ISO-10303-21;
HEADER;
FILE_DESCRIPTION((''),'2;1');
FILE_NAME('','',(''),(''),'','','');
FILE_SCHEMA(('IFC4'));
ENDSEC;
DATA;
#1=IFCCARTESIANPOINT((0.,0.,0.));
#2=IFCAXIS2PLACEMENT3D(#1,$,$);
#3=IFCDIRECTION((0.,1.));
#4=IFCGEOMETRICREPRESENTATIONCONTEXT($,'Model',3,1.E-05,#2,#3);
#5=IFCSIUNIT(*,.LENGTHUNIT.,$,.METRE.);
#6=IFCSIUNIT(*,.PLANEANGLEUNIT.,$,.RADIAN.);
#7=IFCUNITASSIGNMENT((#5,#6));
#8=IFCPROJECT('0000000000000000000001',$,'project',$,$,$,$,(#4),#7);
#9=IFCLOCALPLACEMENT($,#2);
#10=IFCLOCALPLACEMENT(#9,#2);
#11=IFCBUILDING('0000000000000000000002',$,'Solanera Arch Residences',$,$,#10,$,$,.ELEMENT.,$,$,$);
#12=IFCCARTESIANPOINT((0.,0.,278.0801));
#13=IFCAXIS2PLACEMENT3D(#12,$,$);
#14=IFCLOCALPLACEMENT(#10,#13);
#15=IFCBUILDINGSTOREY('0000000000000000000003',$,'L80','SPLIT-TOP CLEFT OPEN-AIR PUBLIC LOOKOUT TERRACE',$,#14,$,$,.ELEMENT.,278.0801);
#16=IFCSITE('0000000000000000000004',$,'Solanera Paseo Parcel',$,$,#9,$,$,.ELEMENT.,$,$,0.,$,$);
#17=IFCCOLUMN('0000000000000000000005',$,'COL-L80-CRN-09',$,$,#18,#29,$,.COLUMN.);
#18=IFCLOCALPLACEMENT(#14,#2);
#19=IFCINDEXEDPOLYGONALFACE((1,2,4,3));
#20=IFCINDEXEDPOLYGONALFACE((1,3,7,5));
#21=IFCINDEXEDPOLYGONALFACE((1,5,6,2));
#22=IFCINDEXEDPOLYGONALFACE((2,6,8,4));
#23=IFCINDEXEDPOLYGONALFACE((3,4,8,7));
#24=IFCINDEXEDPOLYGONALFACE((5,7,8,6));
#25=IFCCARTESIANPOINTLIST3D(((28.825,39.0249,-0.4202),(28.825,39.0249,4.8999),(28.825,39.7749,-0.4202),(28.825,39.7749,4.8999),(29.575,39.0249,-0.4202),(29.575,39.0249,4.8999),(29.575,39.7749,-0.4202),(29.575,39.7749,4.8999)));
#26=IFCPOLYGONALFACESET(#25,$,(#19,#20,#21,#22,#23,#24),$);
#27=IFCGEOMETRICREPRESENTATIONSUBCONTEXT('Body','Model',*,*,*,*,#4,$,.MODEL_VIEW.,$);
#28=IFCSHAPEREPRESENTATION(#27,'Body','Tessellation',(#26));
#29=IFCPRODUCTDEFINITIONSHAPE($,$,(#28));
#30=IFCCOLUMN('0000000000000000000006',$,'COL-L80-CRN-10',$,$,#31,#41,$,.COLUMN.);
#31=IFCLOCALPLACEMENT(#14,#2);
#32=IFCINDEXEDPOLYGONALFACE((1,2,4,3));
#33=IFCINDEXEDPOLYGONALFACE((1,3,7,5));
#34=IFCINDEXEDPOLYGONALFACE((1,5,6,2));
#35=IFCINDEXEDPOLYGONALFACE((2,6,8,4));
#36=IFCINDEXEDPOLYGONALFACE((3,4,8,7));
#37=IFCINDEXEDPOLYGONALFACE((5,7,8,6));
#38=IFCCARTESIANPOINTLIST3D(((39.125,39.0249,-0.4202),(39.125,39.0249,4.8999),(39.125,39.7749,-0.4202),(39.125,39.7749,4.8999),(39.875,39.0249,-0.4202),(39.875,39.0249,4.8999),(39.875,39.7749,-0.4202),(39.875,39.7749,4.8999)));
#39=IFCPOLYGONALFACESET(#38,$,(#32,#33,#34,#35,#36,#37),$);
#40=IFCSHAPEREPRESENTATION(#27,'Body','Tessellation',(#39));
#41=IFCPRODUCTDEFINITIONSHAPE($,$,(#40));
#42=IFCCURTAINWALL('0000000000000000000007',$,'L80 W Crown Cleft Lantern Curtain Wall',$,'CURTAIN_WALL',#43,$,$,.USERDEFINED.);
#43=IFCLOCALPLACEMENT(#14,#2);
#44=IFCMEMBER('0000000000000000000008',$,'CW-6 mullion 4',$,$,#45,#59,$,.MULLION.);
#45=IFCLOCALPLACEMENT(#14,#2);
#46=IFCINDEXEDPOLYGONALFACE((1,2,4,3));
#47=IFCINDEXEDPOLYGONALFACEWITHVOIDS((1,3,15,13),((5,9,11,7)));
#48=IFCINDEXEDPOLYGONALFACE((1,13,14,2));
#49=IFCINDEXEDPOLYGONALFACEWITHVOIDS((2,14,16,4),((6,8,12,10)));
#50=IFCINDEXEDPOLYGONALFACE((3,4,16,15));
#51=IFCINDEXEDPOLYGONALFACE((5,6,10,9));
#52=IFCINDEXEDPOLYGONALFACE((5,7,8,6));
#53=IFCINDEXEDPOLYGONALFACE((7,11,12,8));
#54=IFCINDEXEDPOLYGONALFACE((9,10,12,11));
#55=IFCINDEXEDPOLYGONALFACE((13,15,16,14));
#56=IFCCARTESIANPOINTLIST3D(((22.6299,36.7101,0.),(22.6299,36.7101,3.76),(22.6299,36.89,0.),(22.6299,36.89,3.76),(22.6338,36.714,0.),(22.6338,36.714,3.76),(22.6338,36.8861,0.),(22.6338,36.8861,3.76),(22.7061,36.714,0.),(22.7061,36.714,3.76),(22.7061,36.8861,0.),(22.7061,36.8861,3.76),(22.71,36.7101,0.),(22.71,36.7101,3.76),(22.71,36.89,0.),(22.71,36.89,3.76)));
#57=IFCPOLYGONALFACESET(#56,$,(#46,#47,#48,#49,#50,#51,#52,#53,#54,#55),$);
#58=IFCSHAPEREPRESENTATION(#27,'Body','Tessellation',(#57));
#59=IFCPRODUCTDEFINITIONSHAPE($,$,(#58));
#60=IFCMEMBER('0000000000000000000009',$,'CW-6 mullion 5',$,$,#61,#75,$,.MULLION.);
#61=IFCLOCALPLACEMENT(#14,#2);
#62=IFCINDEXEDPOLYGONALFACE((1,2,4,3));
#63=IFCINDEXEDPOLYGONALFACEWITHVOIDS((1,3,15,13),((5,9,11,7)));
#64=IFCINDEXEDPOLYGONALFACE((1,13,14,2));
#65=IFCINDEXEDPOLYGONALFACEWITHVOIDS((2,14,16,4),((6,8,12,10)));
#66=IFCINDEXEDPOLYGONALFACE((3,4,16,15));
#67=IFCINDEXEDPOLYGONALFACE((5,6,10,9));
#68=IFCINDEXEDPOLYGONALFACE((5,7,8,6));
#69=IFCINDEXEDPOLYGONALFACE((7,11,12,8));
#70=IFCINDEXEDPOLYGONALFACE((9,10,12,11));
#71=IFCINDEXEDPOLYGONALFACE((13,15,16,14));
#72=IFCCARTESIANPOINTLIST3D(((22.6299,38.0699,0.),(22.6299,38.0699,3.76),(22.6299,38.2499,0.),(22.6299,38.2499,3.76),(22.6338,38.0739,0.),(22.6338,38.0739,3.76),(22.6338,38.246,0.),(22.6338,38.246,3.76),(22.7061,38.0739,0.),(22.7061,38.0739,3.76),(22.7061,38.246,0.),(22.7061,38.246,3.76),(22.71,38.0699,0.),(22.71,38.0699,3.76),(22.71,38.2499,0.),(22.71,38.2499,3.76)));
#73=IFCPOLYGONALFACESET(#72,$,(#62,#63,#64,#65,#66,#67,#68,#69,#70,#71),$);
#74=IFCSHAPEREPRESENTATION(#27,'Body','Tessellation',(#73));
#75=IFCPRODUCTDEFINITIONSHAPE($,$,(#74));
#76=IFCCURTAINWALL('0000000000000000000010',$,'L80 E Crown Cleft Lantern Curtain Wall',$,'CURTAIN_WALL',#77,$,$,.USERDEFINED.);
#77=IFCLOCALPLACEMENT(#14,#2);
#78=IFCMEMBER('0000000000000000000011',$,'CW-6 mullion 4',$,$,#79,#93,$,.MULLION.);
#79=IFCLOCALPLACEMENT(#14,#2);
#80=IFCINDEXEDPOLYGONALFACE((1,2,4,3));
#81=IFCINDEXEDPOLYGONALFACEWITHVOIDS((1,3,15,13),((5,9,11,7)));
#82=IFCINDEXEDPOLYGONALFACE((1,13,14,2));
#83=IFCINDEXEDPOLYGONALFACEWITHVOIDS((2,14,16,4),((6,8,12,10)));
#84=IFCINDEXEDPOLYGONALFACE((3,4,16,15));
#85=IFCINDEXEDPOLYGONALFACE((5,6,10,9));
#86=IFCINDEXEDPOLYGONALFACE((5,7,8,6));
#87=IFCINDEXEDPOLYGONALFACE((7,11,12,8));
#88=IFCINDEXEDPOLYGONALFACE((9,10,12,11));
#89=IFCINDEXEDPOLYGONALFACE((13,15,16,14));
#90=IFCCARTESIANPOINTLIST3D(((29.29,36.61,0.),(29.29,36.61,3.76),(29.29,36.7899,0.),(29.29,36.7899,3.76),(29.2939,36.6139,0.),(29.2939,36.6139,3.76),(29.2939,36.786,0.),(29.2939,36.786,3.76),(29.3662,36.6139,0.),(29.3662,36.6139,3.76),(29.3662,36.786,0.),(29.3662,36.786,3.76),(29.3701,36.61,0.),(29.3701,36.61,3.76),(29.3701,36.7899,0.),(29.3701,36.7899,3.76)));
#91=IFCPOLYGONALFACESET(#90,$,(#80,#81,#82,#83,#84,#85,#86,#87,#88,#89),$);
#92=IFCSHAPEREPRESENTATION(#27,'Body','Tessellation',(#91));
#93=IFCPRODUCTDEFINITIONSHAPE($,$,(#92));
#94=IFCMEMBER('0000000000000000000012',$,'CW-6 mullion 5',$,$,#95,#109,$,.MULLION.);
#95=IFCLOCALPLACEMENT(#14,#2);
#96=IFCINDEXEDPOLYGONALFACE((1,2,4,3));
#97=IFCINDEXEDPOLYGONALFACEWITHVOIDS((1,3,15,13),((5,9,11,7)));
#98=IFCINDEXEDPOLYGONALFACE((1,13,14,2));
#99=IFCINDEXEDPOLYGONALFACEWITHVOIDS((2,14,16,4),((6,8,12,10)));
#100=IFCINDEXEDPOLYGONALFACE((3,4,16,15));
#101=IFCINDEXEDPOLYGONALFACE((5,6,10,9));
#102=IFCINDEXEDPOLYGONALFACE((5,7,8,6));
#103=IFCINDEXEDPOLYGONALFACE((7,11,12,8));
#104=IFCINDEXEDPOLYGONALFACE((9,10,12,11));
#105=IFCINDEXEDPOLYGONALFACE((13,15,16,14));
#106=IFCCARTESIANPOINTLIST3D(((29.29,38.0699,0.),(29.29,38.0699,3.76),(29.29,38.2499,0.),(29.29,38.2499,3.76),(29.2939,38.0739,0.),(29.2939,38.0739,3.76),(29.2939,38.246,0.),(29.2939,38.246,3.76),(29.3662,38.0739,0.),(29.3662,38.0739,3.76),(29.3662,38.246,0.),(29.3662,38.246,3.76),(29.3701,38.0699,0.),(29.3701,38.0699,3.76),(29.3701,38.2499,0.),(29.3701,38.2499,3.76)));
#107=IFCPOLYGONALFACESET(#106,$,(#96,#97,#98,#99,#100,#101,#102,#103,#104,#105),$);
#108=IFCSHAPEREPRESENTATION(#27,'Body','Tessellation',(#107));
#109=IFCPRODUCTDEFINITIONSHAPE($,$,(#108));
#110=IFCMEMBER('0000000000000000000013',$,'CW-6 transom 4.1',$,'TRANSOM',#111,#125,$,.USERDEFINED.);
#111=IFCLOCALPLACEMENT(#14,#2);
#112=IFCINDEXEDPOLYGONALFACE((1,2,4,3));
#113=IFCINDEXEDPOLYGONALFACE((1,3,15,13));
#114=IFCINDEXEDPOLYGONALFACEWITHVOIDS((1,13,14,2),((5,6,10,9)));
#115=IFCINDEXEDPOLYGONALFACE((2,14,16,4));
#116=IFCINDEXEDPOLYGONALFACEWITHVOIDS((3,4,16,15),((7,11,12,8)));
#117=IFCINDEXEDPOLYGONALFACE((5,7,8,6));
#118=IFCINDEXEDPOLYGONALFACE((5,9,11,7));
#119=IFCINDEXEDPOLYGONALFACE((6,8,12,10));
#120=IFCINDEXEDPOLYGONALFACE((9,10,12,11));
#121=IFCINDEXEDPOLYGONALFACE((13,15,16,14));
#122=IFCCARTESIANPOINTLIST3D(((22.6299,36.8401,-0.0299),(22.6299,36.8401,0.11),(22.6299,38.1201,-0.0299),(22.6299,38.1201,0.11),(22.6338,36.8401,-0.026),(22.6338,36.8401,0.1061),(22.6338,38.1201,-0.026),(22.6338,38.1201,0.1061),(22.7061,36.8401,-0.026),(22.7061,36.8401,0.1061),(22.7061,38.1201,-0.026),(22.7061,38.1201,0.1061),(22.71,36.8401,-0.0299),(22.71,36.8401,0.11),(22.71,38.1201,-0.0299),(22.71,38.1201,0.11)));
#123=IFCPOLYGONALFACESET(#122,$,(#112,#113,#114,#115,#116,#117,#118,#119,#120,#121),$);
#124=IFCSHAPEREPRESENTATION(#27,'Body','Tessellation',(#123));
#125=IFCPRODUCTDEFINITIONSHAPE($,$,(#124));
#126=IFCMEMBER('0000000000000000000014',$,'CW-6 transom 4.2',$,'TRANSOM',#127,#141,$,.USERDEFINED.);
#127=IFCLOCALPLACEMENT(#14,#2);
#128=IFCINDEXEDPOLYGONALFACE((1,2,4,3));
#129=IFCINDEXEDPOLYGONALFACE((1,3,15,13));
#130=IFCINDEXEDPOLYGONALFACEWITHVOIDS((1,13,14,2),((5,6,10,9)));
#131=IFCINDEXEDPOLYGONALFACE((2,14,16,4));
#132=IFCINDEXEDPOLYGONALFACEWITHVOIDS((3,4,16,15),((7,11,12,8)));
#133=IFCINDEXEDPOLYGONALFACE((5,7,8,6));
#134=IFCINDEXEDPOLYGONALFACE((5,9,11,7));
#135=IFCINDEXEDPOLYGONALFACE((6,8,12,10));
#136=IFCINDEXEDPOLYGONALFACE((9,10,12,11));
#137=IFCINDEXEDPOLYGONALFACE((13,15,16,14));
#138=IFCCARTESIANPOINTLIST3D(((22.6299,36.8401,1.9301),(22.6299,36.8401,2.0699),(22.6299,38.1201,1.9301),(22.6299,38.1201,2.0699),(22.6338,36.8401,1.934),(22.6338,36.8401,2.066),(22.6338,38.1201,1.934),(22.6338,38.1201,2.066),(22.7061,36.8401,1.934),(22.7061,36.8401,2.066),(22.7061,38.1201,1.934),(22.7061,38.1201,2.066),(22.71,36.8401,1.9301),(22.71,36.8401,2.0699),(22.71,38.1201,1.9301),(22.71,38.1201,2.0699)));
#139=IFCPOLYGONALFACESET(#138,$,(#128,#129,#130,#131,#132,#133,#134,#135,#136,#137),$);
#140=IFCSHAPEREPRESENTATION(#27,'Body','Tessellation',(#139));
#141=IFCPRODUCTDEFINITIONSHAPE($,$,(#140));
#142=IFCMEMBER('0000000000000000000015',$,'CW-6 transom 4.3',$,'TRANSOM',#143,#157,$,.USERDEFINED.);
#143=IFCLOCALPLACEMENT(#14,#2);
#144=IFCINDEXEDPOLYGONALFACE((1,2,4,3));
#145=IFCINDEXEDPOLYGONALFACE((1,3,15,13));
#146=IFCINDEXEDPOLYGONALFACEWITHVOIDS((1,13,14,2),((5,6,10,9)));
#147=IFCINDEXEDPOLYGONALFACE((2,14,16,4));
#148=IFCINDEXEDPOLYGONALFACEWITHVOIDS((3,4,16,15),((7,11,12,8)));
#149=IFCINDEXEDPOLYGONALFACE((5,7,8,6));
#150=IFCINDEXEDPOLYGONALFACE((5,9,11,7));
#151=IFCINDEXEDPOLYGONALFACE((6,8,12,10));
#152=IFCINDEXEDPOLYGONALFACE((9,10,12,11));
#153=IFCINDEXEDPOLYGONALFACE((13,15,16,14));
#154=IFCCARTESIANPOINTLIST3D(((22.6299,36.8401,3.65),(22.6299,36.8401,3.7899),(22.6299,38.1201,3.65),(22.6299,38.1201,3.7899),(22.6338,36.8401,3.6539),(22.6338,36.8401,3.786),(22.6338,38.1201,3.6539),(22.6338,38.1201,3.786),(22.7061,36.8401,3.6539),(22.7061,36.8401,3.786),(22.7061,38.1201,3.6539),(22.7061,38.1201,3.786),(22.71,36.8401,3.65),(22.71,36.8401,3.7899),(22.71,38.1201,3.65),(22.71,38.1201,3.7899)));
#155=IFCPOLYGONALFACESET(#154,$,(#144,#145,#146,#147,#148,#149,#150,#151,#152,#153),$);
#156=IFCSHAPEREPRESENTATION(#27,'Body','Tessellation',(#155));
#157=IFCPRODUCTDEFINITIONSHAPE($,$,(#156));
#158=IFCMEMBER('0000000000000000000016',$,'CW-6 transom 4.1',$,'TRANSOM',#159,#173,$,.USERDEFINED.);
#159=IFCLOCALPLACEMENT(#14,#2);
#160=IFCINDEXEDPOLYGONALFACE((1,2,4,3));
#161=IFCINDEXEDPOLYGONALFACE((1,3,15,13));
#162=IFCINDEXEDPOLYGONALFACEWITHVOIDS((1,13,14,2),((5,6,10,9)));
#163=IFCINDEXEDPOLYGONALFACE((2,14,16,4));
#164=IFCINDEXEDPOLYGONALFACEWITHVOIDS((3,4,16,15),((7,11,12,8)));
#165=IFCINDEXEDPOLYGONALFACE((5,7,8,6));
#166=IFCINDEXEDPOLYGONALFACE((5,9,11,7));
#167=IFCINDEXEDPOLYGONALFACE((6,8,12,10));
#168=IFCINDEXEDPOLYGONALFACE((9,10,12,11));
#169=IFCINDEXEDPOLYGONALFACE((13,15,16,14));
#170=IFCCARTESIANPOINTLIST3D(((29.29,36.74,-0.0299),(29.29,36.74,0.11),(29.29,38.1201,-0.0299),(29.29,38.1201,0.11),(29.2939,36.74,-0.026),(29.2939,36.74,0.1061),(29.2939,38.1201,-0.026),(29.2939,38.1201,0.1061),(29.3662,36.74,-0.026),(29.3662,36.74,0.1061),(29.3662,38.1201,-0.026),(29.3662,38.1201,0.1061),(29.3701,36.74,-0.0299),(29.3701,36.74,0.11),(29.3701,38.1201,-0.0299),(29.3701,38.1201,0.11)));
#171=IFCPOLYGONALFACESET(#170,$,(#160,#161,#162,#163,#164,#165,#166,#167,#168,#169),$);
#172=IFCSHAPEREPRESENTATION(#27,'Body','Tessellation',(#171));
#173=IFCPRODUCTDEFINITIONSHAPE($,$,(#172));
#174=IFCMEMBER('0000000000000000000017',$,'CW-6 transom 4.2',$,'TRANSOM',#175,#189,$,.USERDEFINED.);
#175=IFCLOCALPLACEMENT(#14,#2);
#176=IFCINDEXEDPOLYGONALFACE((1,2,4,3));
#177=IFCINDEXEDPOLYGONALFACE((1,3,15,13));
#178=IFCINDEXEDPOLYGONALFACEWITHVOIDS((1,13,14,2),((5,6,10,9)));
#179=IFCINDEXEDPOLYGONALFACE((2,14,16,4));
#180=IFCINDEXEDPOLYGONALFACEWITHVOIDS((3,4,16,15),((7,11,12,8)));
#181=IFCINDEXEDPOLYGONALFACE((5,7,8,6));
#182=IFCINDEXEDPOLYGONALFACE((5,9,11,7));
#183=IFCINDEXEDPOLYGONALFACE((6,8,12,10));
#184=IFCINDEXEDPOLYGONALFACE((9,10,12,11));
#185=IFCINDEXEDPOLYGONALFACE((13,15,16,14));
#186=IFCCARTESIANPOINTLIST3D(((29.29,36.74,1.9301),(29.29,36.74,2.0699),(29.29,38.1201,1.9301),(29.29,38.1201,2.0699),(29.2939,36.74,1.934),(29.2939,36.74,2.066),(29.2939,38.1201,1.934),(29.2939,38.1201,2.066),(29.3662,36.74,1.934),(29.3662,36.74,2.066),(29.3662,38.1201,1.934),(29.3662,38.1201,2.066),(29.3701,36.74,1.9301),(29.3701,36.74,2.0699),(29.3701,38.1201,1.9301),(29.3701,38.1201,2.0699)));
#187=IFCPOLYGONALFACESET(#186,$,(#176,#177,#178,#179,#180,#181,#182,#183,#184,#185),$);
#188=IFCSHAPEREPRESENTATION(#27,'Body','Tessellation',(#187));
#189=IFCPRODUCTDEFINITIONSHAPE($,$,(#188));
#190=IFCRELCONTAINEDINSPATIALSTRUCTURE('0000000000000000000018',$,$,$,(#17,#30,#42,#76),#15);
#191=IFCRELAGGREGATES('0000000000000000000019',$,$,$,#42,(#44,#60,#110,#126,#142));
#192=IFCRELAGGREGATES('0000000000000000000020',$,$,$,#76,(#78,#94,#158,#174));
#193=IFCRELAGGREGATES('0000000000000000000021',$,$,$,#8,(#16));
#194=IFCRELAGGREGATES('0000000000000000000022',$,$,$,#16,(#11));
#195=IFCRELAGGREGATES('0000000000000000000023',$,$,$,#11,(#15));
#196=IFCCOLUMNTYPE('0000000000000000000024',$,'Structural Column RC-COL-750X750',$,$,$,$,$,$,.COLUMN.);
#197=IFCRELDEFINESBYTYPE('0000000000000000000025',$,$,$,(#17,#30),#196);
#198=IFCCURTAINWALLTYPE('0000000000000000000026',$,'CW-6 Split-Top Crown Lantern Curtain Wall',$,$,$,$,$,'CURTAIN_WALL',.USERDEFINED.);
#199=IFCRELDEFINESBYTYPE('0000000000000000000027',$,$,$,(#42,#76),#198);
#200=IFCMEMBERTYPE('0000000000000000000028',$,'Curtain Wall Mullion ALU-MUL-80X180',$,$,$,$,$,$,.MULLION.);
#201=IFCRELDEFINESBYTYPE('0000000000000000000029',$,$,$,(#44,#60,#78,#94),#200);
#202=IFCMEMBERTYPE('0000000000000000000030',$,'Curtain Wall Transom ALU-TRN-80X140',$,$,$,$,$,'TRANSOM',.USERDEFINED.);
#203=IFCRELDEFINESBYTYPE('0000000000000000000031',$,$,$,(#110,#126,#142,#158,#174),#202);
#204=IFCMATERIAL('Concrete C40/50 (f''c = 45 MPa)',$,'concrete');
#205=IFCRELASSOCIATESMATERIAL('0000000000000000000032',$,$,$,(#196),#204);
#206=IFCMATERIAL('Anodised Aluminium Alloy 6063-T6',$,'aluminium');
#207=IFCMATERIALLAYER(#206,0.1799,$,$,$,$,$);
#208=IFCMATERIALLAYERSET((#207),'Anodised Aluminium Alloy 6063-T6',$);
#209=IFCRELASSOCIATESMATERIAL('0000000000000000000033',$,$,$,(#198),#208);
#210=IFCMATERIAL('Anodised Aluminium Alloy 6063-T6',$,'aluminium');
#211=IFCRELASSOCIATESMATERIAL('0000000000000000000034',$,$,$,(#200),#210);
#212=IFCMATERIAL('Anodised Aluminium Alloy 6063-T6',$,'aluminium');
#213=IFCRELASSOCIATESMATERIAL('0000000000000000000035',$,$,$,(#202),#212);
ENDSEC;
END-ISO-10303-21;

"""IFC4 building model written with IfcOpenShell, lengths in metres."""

from ifc_helpers import new_model, si_unit, direction, frame, origin, origin_2d, place, context, subcontext, project, spatial, rectangle, hollow_rectangle, extrude, material, layer, layer_set, material_profile, profile_set, type_object, element, aggregate, save


model = new_model("IFC4")

# Units and contexts
model_context = context("Model", 3, precision=1e-05, world=origin(), true_north=direction((0.0, 1.0)))
body_context = subcontext(model_context, "Body", "Model", "MODEL_VIEW")
ifc_project = project(units=[si_unit("LENGTHUNIT", "METRE"), si_unit("PLANEANGLEUNIT", "RADIAN")], contexts=[model_context])

# Site, building, storey
site_placement = place(None, origin())
site = spatial("IfcSite", under=ifc_project, at=site_placement, Name="Solanera Paseo Parcel", CompositionType="ELEMENT", RefElevation=0.0)
building_placement = place(site_placement, origin())
building = spatial("IfcBuilding", under=site, at=building_placement, Name="Solanera Arch Residences", CompositionType="ELEMENT")
storey_placement = place(building_placement, frame((0.0, 0.0, 278.0801)))
storey = spatial("IfcBuildingStorey", under=building, at=storey_placement, Name="L80", Description="SPLIT-TOP CLEFT OPEN-AIR PUBLIC LOOKOUT TERRACE", CompositionType="ELEMENT", Elevation=278.0801)

# Columns
ifc_material_1 = material(Name="Concrete C40/50 (f'c = 45 MPa)", Category="concrete")
ifc_material_profile_1 = material_profile(ifc_material_1, rectangle(XDim=0.75, YDim=0.75, at=origin_2d()))
ifc_profile_set_1 = profile_set([ifc_material_profile_1], Name="Concrete C40/50 (f'c = 45 MPa)")
column_type = type_object("IfcColumnType", Name="Structural Column RC-COL-750X750", PredefinedType="COLUMN", material=ifc_profile_set_1)
for number, where, z_axis, x_axis, name in (
    (1, (29.2, 39.3999, -0.4202), (0.0, 0.0, 1.0), (1.0, 0.0, 0.0), "COL-L80-CRN-09"),
    (2, (39.5, 39.3999, -0.4202), (0.0, 0.0, 1.0), (1.0, 0.0, 0.0), "COL-L80-CRN-10"),
):
    element("IfcColumn", number, at=place(storey_placement, frame(where, z_axis=z_axis, x_axis=x_axis)), inside=storey, type_object=column_type, Name=name, PredefinedType="COLUMN", context=body_context, shape_type="SweptSolid", body=[
        extrude(rectangle(XDim=0.75, YDim=0.75, at=origin_2d()), origin(), (0.0, 0.0, 1.0), 5.3201),
    ])

# Curtain walls, members
ifc_material_2 = material(Name="Anodised Aluminium Alloy 6063-T6", Category="aluminium")
ifc_layer_1 = layer(ifc_material_2, 0.1799)
ifc_layer_set_1 = layer_set([ifc_layer_1], Name="Anodised Aluminium Alloy 6063-T6")
curtain_wall_type = type_object("IfcCurtainWallType", Name="CW-6 Split-Top Crown Lantern Curtain Wall", ElementType="CURTAIN_WALL", PredefinedType="USERDEFINED", material=ifc_layer_set_1)
curtain_wall_1_placement = place(storey_placement, origin())
curtain_wall_1 = element("IfcCurtainWall", 3, at=curtain_wall_1_placement, inside=storey, type_object=curtain_wall_type, Name="L80 W Crown Cleft Lantern Curtain Wall", ObjectType="CURTAIN_WALL", PredefinedType="USERDEFINED")
ifc_material_3 = material(Name="Anodised Aluminium Alloy 6063-T6", Category="aluminium")
ifc_material_profile_2 = material_profile(ifc_material_3, hollow_rectangle(XDim=0.0801, YDim=0.1799, WallThickness=0.0039, at=origin_2d()))
ifc_profile_set_2 = profile_set([ifc_material_profile_2], Name="Anodised Aluminium Alloy 6063-T6")
member_type_1 = type_object("IfcMemberType", Name="Curtain Wall Mullion ALU-MUL-80X180", PredefinedType="MULLION", material=ifc_profile_set_2)
member_1_placement = place(storey_placement, frame((22.6699, 36.8, 0.0), z_axis=(0.0, 0.0, 1.0), x_axis=(-1.0, 0.0, 0.0)))
member_1 = element("IfcMember", 4, at=member_1_placement, type_object=member_type_1, Name="CW-6 mullion 4", PredefinedType="MULLION", context=body_context, shape_type="SweptSolid", body=[
    extrude(hollow_rectangle(XDim=0.0801, YDim=0.1799, WallThickness=0.0039, at=origin_2d()), origin(), (0.0, 0.0, 1.0), 3.76),
])
member_2_placement = place(storey_placement, frame((22.6699, 38.1599, 0.0), z_axis=(0.0, 0.0, 1.0), x_axis=(-1.0, 0.0, 0.0)))
member_2 = element("IfcMember", 5, at=member_2_placement, type_object=member_type_1, Name="CW-6 mullion 5", PredefinedType="MULLION", context=body_context, shape_type="SweptSolid", body=[
    extrude(hollow_rectangle(XDim=0.0801, YDim=0.1799, WallThickness=0.0039, at=origin_2d()), origin(), (0.0, 0.0, 1.0), 3.76),
])
curtain_wall_2_placement = place(storey_placement, origin())
curtain_wall_2 = element("IfcCurtainWall", 6, at=curtain_wall_2_placement, inside=storey, type_object=curtain_wall_type, Name="L80 E Crown Cleft Lantern Curtain Wall", ObjectType="CURTAIN_WALL", PredefinedType="USERDEFINED")
member_3_placement = place(storey_placement, frame((29.3301, 36.7, 0.0), z_axis=(0.0, 0.0, 1.0), x_axis=(-1.0, 0.0, 0.0)))
member_3 = element("IfcMember", 7, at=member_3_placement, type_object=member_type_1, Name="CW-6 mullion 4", PredefinedType="MULLION", context=body_context, shape_type="SweptSolid", body=[
    extrude(hollow_rectangle(XDim=0.0801, YDim=0.1799, WallThickness=0.0039, at=origin_2d()), origin(), (0.0, 0.0, 1.0), 3.76),
])
member_4_placement = place(storey_placement, frame((29.3301, 38.1599, 0.0), z_axis=(0.0, 0.0, 1.0), x_axis=(-1.0, 0.0, 0.0)))
member_4 = element("IfcMember", 8, at=member_4_placement, type_object=member_type_1, Name="CW-6 mullion 5", PredefinedType="MULLION", context=body_context, shape_type="SweptSolid", body=[
    extrude(hollow_rectangle(XDim=0.0801, YDim=0.1799, WallThickness=0.0039, at=origin_2d()), origin(), (0.0, 0.0, 1.0), 3.76),
])

# Members
ifc_material_4 = material(Name="Anodised Aluminium Alloy 6063-T6", Category="aluminium")
ifc_material_profile_3 = material_profile(ifc_material_4, hollow_rectangle(XDim=0.0801, YDim=0.1399, WallThickness=0.0039, at=origin_2d()))
ifc_profile_set_3 = profile_set([ifc_material_profile_3], Name="Anodised Aluminium Alloy 6063-T6")
member_type_2 = type_object("IfcMemberType", Name="Curtain Wall Transom ALU-TRN-80X140", ElementType="TRANSOM", PredefinedType="USERDEFINED", material=ifc_profile_set_3)
member_5_placement = place(storey_placement, frame((22.6699, 36.8401, 0.04), z_axis=(0.0, 1.0, 0.0), x_axis=(-1.0, 0.0, 0.0)))
member_5 = element("IfcMember", 9, at=member_5_placement, type_object=member_type_2, Name="CW-6 transom 4.1", ObjectType="TRANSOM", PredefinedType="USERDEFINED", context=body_context, shape_type="SweptSolid", body=[
    extrude(hollow_rectangle(XDim=0.0801, YDim=0.1399, WallThickness=0.0039, at=origin_2d()), origin(), (0.0, 0.0, 1.0), 1.28),
])
member_6_placement = place(storey_placement, frame((22.6699, 36.8401, 2.0), z_axis=(0.0, 1.0, 0.0), x_axis=(-1.0, 0.0, 0.0)))
member_6 = element("IfcMember", 10, at=member_6_placement, type_object=member_type_2, Name="CW-6 transom 4.2", ObjectType="TRANSOM", PredefinedType="USERDEFINED", context=body_context, shape_type="SweptSolid", body=[
    extrude(hollow_rectangle(XDim=0.0801, YDim=0.1399, WallThickness=0.0039, at=origin_2d()), origin(), (0.0, 0.0, 1.0), 1.28),
])
member_7_placement = place(storey_placement, frame((22.6699, 36.8401, 3.72), z_axis=(0.0, 1.0, 0.0), x_axis=(-1.0, 0.0, 0.0)))
member_7 = element("IfcMember", 11, at=member_7_placement, type_object=member_type_2, Name="CW-6 transom 4.3", ObjectType="TRANSOM", PredefinedType="USERDEFINED", context=body_context, shape_type="SweptSolid", body=[
    extrude(hollow_rectangle(XDim=0.0801, YDim=0.1399, WallThickness=0.0039, at=origin_2d()), origin(), (0.0, 0.0, 1.0), 1.28),
])
member_8_placement = place(storey_placement, frame((29.3301, 36.74, 0.04), z_axis=(0.0, 1.0, 0.0), x_axis=(-1.0, 0.0, 0.0)))
member_8 = element("IfcMember", 12, at=member_8_placement, type_object=member_type_2, Name="CW-6 transom 4.1", ObjectType="TRANSOM", PredefinedType="USERDEFINED", context=body_context, shape_type="SweptSolid", body=[
    extrude(hollow_rectangle(XDim=0.0801, YDim=0.1399, WallThickness=0.0039, at=origin_2d()), origin(), (0.0, 0.0, 1.0), 1.3801),
])
member_9_placement = place(storey_placement, frame((29.3301, 36.74, 2.0), z_axis=(0.0, 1.0, 0.0), x_axis=(-1.0, 0.0, 0.0)))
member_9 = element("IfcMember", 13, at=member_9_placement, type_object=member_type_2, Name="CW-6 transom 4.2", ObjectType="TRANSOM", PredefinedType="USERDEFINED", context=body_context, shape_type="SweptSolid", body=[
    extrude(hollow_rectangle(XDim=0.0801, YDim=0.1399, WallThickness=0.0039, at=origin_2d()), origin(), (0.0, 0.0, 1.0), 1.3801),
])

aggregate(curtain_wall_1, [member_1, member_2, member_5, member_6, member_7])
aggregate(curtain_wall_2, [member_3, member_4, member_8, member_9])

save(model, "model.ifc")
